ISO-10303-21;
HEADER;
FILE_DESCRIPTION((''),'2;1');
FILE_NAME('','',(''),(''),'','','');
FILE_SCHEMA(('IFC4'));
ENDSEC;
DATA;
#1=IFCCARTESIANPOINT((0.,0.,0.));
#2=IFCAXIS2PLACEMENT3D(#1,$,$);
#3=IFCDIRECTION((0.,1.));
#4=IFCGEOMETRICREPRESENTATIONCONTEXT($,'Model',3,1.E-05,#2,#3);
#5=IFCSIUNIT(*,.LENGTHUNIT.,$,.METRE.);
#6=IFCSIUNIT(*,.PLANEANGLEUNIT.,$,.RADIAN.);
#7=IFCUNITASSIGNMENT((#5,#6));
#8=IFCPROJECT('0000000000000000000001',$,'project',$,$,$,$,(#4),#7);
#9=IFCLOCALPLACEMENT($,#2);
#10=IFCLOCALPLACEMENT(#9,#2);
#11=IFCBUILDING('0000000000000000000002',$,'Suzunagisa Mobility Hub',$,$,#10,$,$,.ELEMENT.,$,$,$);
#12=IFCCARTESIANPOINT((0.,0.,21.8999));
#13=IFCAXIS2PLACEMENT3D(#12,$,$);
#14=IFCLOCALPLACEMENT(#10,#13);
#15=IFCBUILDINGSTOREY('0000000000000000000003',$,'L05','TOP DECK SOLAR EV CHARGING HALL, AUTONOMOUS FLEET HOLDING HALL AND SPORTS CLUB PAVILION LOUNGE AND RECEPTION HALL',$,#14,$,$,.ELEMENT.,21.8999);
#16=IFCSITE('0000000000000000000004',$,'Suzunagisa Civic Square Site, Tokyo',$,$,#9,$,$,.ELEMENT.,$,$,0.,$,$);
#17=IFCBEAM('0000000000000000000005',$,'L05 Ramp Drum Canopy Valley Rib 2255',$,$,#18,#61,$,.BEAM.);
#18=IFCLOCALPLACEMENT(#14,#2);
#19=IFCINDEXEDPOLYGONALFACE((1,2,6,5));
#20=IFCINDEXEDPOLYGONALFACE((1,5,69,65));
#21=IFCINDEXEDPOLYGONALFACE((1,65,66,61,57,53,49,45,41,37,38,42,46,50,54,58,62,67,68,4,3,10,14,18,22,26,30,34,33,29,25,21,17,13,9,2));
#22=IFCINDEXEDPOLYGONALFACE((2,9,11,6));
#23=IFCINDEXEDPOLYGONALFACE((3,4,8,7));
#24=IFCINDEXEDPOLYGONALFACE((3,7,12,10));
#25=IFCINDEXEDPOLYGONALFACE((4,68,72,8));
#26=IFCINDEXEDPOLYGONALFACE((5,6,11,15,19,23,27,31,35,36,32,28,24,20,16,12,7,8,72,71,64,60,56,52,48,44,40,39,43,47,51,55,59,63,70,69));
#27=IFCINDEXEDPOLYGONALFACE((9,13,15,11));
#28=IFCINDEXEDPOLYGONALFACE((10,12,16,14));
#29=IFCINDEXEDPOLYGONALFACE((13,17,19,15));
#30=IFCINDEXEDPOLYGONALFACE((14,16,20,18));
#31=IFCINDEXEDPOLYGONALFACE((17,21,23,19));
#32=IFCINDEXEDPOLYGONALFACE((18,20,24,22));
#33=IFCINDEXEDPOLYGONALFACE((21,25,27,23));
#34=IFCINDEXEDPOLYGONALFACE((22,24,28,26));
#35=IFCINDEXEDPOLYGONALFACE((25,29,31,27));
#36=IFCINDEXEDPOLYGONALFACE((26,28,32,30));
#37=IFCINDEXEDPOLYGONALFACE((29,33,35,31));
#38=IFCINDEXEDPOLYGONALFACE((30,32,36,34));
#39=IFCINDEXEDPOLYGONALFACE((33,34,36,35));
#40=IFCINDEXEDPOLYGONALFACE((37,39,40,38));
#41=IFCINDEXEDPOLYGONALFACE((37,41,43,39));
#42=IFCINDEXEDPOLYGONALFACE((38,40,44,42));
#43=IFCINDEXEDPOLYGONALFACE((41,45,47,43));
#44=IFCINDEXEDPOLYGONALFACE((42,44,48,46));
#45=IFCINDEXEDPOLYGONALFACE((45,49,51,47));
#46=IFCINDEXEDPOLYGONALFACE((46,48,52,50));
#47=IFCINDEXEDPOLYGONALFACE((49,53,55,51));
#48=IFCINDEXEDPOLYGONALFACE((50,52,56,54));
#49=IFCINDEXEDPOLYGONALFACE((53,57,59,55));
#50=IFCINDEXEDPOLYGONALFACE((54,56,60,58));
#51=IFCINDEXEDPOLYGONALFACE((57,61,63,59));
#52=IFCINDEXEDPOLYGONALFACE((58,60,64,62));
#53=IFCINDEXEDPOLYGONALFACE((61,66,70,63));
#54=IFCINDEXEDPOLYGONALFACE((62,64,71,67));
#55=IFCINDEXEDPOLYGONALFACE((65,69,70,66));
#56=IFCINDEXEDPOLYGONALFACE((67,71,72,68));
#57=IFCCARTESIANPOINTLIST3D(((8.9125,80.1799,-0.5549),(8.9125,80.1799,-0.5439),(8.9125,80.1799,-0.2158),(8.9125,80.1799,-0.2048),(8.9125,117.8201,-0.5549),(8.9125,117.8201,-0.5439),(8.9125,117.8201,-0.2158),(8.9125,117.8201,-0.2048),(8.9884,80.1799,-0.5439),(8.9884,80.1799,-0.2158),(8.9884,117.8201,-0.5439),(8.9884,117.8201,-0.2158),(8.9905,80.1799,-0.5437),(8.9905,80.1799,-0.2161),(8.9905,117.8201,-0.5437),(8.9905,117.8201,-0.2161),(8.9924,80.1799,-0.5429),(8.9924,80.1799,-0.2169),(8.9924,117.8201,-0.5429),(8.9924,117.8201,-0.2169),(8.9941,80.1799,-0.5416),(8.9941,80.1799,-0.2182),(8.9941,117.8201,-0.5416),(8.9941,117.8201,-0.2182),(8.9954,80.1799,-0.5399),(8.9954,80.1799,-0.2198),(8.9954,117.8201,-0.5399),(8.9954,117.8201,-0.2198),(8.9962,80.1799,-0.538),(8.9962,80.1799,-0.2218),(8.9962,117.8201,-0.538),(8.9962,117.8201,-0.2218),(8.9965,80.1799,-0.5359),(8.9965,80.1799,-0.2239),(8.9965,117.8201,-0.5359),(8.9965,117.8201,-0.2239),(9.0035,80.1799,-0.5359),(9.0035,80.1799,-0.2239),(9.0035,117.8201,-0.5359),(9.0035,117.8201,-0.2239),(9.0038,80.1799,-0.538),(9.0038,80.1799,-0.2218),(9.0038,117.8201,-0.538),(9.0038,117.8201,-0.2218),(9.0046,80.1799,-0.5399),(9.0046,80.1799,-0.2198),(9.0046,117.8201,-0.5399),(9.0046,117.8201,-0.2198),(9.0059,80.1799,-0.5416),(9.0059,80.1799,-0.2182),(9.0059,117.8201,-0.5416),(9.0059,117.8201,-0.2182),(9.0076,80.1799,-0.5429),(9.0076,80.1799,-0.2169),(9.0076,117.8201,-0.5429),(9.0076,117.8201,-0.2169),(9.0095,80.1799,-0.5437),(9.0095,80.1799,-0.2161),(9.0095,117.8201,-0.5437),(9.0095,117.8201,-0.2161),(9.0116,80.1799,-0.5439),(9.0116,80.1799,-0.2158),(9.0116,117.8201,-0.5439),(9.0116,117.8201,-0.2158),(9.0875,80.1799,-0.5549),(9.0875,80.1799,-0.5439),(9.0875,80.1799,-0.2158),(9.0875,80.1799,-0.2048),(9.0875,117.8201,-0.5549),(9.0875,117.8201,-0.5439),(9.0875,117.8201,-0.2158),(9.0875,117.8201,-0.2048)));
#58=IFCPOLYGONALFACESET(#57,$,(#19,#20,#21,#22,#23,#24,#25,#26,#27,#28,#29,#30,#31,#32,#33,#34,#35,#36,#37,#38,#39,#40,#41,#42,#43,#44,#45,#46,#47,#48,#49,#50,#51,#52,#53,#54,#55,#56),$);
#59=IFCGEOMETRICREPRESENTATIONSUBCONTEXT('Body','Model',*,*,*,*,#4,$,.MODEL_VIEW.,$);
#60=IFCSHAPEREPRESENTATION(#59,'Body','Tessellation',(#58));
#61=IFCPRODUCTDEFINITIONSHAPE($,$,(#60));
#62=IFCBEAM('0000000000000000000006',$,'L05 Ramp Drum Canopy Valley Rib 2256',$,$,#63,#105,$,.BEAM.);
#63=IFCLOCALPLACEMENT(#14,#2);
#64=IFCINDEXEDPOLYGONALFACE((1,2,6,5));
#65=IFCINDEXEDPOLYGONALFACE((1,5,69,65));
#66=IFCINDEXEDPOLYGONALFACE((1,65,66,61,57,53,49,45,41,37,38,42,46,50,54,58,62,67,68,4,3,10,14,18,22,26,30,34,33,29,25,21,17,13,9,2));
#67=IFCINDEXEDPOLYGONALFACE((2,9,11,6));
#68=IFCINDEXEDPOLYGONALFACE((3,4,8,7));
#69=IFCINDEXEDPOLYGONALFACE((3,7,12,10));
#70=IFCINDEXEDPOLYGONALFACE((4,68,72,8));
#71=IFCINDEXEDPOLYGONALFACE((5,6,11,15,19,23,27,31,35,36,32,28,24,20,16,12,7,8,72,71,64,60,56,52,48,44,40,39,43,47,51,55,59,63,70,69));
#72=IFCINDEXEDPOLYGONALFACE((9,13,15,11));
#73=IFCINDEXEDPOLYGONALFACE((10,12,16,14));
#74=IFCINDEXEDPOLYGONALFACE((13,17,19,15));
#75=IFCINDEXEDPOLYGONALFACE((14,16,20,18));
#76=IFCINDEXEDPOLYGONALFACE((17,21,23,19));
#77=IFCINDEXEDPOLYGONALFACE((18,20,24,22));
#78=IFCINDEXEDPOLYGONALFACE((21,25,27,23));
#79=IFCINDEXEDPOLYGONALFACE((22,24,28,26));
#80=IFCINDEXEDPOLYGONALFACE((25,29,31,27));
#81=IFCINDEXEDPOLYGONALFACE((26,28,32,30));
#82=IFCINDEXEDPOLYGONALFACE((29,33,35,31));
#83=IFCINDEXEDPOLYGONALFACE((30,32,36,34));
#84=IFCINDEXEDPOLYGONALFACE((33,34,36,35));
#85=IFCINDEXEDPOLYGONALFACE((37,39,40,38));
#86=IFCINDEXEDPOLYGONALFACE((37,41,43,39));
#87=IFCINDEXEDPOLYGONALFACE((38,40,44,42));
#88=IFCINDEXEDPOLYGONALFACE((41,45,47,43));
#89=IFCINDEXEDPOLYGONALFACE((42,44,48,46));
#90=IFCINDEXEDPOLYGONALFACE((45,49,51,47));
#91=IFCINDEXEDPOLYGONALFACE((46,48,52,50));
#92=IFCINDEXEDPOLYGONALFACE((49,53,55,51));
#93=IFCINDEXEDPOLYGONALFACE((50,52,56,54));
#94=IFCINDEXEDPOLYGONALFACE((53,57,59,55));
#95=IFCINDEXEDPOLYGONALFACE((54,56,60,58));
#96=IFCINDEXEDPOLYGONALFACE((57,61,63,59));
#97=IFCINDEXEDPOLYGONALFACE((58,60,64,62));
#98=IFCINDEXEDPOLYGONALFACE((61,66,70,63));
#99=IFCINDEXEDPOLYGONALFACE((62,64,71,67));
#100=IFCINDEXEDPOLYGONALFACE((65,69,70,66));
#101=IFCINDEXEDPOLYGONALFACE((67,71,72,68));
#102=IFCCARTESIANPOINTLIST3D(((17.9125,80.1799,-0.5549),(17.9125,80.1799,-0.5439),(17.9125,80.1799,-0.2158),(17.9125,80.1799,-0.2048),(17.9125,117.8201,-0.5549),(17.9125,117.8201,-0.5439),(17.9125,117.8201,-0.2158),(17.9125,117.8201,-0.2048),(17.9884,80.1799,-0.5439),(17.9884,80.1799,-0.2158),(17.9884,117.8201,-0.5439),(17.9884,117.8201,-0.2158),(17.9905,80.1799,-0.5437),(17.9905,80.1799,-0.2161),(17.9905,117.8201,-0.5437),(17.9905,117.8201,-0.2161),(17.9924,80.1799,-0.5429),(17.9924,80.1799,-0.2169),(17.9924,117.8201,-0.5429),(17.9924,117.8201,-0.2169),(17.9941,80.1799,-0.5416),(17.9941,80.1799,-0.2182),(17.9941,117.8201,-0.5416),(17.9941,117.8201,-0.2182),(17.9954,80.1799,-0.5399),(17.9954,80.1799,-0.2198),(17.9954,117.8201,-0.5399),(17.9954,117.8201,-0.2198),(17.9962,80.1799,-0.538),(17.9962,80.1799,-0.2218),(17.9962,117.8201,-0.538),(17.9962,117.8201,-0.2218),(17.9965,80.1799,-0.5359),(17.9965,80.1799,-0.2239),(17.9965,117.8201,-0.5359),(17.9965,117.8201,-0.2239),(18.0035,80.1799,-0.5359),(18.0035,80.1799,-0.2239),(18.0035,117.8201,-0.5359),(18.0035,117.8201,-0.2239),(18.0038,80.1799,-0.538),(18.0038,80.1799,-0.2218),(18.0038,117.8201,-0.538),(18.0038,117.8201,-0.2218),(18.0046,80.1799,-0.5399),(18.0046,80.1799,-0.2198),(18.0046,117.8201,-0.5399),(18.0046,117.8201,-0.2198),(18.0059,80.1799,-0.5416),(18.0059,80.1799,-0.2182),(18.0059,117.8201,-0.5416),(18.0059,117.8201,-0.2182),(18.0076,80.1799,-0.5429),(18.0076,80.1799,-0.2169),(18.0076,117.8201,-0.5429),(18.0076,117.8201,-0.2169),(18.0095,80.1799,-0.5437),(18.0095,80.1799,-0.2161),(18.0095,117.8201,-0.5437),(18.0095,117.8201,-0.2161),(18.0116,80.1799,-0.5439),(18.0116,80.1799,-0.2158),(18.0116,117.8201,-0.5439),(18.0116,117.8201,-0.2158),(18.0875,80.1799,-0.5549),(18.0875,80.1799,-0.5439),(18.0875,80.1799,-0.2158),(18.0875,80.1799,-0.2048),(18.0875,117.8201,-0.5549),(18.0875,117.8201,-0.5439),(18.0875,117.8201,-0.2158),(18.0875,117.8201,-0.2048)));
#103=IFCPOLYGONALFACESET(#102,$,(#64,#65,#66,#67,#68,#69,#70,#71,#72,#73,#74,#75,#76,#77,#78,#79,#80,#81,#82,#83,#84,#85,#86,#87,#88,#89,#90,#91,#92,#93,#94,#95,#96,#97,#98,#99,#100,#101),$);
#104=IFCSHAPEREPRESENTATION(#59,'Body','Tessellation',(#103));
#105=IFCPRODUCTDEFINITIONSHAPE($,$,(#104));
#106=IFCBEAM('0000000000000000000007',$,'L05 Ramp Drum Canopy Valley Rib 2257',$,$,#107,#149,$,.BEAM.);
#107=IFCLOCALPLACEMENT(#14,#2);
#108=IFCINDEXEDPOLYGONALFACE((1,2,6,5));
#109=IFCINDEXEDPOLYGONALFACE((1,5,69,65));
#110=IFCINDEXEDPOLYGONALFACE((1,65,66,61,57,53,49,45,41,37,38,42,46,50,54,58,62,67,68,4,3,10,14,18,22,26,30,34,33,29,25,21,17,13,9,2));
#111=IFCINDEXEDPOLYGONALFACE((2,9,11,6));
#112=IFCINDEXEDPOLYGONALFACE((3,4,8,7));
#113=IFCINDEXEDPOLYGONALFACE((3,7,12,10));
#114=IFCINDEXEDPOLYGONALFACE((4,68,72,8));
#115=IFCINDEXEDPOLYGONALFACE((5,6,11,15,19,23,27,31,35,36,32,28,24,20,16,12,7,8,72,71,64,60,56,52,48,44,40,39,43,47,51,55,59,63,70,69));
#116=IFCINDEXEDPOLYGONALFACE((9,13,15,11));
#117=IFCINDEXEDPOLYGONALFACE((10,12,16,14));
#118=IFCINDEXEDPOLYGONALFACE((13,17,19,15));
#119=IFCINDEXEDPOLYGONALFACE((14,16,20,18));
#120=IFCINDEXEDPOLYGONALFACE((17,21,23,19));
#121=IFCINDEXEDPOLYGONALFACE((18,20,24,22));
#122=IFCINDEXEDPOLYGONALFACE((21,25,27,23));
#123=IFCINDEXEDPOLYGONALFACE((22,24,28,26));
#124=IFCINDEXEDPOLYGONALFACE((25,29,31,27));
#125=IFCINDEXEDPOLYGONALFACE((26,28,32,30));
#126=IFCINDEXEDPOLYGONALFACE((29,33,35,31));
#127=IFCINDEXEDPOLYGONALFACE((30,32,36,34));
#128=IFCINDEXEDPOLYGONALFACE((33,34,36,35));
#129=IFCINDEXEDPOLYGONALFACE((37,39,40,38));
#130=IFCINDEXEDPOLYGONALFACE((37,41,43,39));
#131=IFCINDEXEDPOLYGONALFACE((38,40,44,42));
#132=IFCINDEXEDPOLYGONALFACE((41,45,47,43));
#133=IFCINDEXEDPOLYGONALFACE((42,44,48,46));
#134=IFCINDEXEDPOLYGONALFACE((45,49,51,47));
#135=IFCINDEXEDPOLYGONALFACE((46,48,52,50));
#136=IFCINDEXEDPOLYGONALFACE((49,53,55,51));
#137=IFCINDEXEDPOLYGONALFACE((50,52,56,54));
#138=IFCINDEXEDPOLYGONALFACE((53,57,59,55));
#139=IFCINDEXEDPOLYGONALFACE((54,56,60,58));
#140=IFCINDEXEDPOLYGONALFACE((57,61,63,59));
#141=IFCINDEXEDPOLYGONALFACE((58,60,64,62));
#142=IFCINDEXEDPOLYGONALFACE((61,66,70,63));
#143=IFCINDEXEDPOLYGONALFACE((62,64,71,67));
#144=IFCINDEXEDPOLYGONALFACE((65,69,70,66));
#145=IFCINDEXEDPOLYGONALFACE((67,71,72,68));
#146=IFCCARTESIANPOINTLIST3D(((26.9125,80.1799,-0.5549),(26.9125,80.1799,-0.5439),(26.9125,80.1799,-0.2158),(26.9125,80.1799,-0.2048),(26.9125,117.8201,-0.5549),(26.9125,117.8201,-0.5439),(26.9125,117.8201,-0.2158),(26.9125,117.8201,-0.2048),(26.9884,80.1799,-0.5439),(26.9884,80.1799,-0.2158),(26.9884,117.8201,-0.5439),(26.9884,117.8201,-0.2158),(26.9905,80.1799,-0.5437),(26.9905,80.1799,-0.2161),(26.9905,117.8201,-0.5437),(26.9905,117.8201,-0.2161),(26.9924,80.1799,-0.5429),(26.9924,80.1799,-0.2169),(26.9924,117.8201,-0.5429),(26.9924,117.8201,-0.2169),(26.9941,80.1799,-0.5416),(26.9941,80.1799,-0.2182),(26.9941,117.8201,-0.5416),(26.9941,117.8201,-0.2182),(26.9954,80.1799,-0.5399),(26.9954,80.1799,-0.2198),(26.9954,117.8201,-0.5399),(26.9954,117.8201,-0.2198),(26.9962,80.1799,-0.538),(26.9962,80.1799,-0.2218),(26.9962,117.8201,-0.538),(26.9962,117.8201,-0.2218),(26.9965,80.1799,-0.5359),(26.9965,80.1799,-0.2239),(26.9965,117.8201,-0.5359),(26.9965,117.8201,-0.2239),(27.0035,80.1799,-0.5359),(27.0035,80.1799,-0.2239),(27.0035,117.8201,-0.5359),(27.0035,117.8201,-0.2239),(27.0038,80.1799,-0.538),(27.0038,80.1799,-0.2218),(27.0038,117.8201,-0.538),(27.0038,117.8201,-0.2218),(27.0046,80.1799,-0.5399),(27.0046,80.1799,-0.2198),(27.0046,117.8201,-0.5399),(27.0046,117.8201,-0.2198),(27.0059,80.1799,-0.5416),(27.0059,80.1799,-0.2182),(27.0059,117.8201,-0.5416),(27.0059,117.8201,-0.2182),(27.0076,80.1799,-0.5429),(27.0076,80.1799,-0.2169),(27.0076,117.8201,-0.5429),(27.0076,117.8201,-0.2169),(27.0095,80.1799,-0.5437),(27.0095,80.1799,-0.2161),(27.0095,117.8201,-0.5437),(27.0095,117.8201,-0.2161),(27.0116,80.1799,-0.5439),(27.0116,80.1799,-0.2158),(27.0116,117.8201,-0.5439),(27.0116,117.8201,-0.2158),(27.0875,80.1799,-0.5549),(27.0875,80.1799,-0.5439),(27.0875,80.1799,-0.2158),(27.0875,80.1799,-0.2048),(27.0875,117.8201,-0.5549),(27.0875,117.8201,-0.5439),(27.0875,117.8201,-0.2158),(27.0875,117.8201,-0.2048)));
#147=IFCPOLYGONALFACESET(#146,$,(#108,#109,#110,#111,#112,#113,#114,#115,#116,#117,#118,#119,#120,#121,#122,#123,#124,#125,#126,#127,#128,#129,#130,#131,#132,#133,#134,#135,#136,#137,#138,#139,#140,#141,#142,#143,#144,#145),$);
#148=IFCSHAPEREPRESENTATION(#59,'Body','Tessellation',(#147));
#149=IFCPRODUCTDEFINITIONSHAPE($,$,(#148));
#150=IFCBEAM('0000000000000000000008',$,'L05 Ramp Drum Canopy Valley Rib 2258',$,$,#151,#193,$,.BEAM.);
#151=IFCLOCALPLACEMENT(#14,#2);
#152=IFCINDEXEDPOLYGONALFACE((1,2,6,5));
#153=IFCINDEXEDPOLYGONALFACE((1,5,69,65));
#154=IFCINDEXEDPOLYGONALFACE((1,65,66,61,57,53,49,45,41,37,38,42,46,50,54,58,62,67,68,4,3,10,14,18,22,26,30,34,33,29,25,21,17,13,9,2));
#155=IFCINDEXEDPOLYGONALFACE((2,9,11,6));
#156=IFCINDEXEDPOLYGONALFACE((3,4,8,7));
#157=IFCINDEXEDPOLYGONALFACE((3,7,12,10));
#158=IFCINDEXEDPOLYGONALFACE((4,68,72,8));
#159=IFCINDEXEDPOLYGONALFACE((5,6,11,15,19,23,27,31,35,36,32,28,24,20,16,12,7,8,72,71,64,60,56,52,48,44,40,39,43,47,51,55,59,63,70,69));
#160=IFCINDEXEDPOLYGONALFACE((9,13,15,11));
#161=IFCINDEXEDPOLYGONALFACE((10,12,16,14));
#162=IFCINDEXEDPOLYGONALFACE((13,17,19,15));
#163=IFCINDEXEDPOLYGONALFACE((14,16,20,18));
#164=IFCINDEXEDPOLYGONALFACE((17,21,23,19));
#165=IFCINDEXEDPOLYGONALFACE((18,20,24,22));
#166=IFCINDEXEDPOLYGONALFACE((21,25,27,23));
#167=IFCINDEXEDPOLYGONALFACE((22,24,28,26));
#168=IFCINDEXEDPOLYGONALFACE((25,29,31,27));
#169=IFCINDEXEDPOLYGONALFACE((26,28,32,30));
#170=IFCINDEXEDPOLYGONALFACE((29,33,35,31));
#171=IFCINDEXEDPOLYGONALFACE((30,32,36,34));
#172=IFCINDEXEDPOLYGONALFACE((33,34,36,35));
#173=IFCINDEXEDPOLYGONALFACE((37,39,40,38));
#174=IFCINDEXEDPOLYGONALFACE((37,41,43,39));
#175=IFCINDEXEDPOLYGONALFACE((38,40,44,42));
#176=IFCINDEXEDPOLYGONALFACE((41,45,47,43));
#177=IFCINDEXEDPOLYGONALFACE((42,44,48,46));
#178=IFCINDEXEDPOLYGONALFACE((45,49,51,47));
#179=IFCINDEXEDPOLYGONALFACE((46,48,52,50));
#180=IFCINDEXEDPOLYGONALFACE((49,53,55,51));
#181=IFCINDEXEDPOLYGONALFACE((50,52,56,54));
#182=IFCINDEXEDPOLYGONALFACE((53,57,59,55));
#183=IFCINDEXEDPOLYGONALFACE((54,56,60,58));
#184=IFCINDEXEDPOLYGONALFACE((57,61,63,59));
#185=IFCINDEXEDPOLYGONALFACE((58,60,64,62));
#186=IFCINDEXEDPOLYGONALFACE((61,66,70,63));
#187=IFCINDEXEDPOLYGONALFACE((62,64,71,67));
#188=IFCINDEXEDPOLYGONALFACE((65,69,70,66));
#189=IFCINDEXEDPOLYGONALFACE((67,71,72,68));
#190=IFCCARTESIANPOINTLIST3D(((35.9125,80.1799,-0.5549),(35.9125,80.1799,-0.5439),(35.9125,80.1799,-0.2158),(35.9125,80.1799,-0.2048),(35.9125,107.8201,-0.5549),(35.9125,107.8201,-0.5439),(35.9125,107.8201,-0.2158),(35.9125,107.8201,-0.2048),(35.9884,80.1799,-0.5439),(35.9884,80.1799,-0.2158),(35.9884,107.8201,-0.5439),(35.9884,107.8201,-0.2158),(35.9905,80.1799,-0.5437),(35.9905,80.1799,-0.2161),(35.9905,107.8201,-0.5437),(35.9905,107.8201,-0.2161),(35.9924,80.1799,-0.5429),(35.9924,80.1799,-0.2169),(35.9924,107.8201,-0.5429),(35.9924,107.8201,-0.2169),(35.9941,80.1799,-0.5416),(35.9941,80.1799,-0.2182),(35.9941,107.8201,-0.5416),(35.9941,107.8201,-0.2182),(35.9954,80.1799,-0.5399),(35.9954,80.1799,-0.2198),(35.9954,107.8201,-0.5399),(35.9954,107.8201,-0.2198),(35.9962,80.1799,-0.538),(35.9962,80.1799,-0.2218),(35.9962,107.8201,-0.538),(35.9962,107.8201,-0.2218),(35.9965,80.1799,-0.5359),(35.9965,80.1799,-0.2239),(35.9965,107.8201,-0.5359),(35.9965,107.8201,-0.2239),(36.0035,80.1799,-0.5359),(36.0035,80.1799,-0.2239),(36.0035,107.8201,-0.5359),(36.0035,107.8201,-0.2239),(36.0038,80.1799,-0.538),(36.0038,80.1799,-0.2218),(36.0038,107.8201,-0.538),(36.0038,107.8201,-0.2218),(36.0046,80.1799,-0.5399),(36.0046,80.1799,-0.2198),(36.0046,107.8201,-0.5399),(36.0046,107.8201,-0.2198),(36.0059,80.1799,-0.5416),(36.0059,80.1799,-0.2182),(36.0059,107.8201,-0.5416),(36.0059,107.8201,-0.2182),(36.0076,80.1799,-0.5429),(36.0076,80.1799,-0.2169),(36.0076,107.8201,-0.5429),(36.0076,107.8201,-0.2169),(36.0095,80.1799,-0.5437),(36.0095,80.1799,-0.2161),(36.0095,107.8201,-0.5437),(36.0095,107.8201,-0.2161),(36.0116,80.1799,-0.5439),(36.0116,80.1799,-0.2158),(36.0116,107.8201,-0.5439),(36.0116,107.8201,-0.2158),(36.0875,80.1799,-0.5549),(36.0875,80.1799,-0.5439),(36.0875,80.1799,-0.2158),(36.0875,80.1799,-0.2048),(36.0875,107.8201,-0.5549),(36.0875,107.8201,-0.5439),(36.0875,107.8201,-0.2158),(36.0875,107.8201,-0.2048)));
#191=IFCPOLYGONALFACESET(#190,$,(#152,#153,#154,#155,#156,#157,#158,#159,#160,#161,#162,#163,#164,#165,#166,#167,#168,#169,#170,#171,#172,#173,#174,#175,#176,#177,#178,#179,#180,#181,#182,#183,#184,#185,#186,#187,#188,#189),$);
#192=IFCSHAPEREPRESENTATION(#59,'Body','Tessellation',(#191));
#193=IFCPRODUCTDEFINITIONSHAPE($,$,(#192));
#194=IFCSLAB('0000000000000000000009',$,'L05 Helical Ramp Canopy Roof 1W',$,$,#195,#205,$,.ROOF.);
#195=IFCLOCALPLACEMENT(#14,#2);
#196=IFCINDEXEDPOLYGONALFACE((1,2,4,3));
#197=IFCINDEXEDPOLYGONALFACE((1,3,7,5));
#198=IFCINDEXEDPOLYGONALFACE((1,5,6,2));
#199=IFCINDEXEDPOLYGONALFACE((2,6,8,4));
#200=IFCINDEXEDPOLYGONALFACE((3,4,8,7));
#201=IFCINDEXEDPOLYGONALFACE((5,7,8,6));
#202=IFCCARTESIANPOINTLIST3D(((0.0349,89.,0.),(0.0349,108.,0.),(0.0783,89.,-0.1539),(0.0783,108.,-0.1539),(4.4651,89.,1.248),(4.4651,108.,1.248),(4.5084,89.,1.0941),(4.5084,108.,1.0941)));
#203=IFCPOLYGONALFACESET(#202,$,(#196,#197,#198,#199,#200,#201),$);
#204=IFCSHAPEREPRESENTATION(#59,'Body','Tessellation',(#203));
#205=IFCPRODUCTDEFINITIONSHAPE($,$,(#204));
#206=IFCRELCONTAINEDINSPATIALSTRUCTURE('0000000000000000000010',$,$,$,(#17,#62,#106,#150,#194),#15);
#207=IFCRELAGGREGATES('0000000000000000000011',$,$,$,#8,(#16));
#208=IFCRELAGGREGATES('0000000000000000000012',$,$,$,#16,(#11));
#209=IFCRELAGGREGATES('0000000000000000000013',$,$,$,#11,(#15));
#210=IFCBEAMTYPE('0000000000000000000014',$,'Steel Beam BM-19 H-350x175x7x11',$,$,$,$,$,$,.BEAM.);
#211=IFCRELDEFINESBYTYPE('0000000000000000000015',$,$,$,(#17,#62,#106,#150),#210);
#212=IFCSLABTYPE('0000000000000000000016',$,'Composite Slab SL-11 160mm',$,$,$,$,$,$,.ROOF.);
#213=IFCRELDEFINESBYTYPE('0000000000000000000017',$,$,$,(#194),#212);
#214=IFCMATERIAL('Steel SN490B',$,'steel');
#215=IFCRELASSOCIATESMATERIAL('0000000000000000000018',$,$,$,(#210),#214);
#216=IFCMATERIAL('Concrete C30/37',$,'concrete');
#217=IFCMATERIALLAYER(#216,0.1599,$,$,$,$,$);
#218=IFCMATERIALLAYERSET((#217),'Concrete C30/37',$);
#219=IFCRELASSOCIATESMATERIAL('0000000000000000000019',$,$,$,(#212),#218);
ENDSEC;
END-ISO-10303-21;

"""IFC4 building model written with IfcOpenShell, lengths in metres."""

from ifc_helpers import new_model, si_unit, direction, frame, origin, origin_2d, place, context, subcontext, project, spatial, polyline, i_section, outline, extrude, material, layer, layer_set, material_profile, profile_set, type_object, element, save


model = new_model("IFC4")

# Units and contexts
model_context = context("Model", 3, precision=1e-05, world=origin(), true_north=direction((0.0, 1.0)))
body_context = subcontext(model_context, "Body", "Model", "MODEL_VIEW")
ifc_project = project(units=[si_unit("LENGTHUNIT", "METRE"), si_unit("PLANEANGLEUNIT", "RADIAN")], contexts=[model_context])

# Site, building, storey
site_placement = place(None, origin())
site = spatial("IfcSite", under=ifc_project, at=site_placement, Name="Suzunagisa Civic Square Site, Tokyo", CompositionType="ELEMENT", RefElevation=0.0)
building_placement = place(site_placement, origin())
building = spatial("IfcBuilding", under=site, at=building_placement, Name="Suzunagisa Mobility Hub", CompositionType="ELEMENT")
storey_placement = place(building_placement, frame((0.0, 0.0, 21.8999)))
storey = spatial("IfcBuildingStorey", under=building, at=storey_placement, Name="L05", Description="TOP DECK SOLAR EV CHARGING HALL, AUTONOMOUS FLEET HOLDING HALL AND SPORTS CLUB PAVILION LOUNGE AND RECEPTION HALL", CompositionType="ELEMENT", Elevation=21.8999)

# Shared definitions
ifc_material_1 = material(Name="Steel SN490B", Category="steel")

# Beams
ifc_material_profile_1 = material_profile(ifc_material_1, i_section(OverallWidth=0.175, OverallDepth=0.3501, WebThickness=0.0071, FlangeThickness=0.011, FilletRadius=0.0081, at=origin_2d()), Name="H-350x175x7x11")
ifc_profile_set_1 = profile_set([ifc_material_profile_1], Name="Steel SN490B")
beam_type_1 = type_object("IfcBeamType", Name="Steel Beam BM-19 H-350x175x7x11", PredefinedType="BEAM", material=ifc_profile_set_1)
for number, where, z_axis, x_axis, name in (
    (1, (9.0, 80.1799, -0.3799), (0.0, 1.0, 0.0), (-1.0, 0.0, 0.0), "L05 Ramp Drum Canopy Valley Rib 2255"),
    (2, (18.0, 80.1799, -0.3799), (0.0, 1.0, 0.0), (-1.0, 0.0, 0.0), "L05 Ramp Drum Canopy Valley Rib 2256"),
    (3, (27.0, 80.1799, -0.3799), (0.0, 1.0, 0.0), (-1.0, 0.0, 0.0), "L05 Ramp Drum Canopy Valley Rib 2257"),
):
    element("IfcBeam", number, at=place(storey_placement, frame(where, z_axis=z_axis, x_axis=x_axis)), inside=storey, type_object=beam_type_1, Name=name, PredefinedType="BEAM", context=body_context, shape_type="SweptSolid", body=[
        extrude(i_section(OverallWidth=0.175, OverallDepth=0.3501, WebThickness=0.0071, FlangeThickness=0.011, FilletRadius=0.0081, at=origin_2d()), origin(), (0.0, 0.0, 1.0), 37.6401),
    ])
beam_1_placement = place(storey_placement, frame((36.0, 80.1799, -0.3799), z_axis=(0.0, 1.0, 0.0), x_axis=(-1.0, 0.0, 0.0)))
element("IfcBeam", 4, at=beam_1_placement, inside=storey, type_object=beam_type_1, Name="L05 Ramp Drum Canopy Valley Rib 2258", PredefinedType="BEAM", context=body_context, shape_type="SweptSolid", body=[
    extrude(i_section(OverallWidth=0.175, OverallDepth=0.3501, WebThickness=0.0071, FlangeThickness=0.011, FilletRadius=0.0081, at=origin_2d()), origin(), (0.0, 0.0, 1.0), 27.6401),
])

# Slab
ifc_material_2 = material(Name="Concrete C30/37", Category="concrete")
ifc_layer_1 = layer(ifc_material_2, 0.1599)
ifc_layer_set_1 = layer_set([ifc_layer_1], Name="Concrete C30/37")
slab_type = type_object("IfcSlabType", Name="Composite Slab SL-11 160mm", PredefinedType="ROOF", material=ifc_layer_set_1)
for number, where, z_axis, x_axis, name in (
    (5, (0.0349, 89.0, 0.0), (-0.27116, 0.0, 0.962534), (0.962534, 0.0, 0.27116), "L05 Helical Ramp Canopy Roof 1W"),
):
    element("IfcSlab", number, at=place(storey_placement, frame(where, z_axis=z_axis, x_axis=x_axis)), inside=storey, type_object=slab_type, Name=name, PredefinedType="ROOF", context=body_context, shape_type="SweptSolid", body=[
        extrude(outline(polyline([(0.0, 0.0), (4.6026, 0.0), (4.6026, 19.0), (0.0, 19.0), (0.0, 0.0)])), origin(), (0.0, 0.0, -1.0), 0.1599),
    ])

save(model, "model.ifc")
